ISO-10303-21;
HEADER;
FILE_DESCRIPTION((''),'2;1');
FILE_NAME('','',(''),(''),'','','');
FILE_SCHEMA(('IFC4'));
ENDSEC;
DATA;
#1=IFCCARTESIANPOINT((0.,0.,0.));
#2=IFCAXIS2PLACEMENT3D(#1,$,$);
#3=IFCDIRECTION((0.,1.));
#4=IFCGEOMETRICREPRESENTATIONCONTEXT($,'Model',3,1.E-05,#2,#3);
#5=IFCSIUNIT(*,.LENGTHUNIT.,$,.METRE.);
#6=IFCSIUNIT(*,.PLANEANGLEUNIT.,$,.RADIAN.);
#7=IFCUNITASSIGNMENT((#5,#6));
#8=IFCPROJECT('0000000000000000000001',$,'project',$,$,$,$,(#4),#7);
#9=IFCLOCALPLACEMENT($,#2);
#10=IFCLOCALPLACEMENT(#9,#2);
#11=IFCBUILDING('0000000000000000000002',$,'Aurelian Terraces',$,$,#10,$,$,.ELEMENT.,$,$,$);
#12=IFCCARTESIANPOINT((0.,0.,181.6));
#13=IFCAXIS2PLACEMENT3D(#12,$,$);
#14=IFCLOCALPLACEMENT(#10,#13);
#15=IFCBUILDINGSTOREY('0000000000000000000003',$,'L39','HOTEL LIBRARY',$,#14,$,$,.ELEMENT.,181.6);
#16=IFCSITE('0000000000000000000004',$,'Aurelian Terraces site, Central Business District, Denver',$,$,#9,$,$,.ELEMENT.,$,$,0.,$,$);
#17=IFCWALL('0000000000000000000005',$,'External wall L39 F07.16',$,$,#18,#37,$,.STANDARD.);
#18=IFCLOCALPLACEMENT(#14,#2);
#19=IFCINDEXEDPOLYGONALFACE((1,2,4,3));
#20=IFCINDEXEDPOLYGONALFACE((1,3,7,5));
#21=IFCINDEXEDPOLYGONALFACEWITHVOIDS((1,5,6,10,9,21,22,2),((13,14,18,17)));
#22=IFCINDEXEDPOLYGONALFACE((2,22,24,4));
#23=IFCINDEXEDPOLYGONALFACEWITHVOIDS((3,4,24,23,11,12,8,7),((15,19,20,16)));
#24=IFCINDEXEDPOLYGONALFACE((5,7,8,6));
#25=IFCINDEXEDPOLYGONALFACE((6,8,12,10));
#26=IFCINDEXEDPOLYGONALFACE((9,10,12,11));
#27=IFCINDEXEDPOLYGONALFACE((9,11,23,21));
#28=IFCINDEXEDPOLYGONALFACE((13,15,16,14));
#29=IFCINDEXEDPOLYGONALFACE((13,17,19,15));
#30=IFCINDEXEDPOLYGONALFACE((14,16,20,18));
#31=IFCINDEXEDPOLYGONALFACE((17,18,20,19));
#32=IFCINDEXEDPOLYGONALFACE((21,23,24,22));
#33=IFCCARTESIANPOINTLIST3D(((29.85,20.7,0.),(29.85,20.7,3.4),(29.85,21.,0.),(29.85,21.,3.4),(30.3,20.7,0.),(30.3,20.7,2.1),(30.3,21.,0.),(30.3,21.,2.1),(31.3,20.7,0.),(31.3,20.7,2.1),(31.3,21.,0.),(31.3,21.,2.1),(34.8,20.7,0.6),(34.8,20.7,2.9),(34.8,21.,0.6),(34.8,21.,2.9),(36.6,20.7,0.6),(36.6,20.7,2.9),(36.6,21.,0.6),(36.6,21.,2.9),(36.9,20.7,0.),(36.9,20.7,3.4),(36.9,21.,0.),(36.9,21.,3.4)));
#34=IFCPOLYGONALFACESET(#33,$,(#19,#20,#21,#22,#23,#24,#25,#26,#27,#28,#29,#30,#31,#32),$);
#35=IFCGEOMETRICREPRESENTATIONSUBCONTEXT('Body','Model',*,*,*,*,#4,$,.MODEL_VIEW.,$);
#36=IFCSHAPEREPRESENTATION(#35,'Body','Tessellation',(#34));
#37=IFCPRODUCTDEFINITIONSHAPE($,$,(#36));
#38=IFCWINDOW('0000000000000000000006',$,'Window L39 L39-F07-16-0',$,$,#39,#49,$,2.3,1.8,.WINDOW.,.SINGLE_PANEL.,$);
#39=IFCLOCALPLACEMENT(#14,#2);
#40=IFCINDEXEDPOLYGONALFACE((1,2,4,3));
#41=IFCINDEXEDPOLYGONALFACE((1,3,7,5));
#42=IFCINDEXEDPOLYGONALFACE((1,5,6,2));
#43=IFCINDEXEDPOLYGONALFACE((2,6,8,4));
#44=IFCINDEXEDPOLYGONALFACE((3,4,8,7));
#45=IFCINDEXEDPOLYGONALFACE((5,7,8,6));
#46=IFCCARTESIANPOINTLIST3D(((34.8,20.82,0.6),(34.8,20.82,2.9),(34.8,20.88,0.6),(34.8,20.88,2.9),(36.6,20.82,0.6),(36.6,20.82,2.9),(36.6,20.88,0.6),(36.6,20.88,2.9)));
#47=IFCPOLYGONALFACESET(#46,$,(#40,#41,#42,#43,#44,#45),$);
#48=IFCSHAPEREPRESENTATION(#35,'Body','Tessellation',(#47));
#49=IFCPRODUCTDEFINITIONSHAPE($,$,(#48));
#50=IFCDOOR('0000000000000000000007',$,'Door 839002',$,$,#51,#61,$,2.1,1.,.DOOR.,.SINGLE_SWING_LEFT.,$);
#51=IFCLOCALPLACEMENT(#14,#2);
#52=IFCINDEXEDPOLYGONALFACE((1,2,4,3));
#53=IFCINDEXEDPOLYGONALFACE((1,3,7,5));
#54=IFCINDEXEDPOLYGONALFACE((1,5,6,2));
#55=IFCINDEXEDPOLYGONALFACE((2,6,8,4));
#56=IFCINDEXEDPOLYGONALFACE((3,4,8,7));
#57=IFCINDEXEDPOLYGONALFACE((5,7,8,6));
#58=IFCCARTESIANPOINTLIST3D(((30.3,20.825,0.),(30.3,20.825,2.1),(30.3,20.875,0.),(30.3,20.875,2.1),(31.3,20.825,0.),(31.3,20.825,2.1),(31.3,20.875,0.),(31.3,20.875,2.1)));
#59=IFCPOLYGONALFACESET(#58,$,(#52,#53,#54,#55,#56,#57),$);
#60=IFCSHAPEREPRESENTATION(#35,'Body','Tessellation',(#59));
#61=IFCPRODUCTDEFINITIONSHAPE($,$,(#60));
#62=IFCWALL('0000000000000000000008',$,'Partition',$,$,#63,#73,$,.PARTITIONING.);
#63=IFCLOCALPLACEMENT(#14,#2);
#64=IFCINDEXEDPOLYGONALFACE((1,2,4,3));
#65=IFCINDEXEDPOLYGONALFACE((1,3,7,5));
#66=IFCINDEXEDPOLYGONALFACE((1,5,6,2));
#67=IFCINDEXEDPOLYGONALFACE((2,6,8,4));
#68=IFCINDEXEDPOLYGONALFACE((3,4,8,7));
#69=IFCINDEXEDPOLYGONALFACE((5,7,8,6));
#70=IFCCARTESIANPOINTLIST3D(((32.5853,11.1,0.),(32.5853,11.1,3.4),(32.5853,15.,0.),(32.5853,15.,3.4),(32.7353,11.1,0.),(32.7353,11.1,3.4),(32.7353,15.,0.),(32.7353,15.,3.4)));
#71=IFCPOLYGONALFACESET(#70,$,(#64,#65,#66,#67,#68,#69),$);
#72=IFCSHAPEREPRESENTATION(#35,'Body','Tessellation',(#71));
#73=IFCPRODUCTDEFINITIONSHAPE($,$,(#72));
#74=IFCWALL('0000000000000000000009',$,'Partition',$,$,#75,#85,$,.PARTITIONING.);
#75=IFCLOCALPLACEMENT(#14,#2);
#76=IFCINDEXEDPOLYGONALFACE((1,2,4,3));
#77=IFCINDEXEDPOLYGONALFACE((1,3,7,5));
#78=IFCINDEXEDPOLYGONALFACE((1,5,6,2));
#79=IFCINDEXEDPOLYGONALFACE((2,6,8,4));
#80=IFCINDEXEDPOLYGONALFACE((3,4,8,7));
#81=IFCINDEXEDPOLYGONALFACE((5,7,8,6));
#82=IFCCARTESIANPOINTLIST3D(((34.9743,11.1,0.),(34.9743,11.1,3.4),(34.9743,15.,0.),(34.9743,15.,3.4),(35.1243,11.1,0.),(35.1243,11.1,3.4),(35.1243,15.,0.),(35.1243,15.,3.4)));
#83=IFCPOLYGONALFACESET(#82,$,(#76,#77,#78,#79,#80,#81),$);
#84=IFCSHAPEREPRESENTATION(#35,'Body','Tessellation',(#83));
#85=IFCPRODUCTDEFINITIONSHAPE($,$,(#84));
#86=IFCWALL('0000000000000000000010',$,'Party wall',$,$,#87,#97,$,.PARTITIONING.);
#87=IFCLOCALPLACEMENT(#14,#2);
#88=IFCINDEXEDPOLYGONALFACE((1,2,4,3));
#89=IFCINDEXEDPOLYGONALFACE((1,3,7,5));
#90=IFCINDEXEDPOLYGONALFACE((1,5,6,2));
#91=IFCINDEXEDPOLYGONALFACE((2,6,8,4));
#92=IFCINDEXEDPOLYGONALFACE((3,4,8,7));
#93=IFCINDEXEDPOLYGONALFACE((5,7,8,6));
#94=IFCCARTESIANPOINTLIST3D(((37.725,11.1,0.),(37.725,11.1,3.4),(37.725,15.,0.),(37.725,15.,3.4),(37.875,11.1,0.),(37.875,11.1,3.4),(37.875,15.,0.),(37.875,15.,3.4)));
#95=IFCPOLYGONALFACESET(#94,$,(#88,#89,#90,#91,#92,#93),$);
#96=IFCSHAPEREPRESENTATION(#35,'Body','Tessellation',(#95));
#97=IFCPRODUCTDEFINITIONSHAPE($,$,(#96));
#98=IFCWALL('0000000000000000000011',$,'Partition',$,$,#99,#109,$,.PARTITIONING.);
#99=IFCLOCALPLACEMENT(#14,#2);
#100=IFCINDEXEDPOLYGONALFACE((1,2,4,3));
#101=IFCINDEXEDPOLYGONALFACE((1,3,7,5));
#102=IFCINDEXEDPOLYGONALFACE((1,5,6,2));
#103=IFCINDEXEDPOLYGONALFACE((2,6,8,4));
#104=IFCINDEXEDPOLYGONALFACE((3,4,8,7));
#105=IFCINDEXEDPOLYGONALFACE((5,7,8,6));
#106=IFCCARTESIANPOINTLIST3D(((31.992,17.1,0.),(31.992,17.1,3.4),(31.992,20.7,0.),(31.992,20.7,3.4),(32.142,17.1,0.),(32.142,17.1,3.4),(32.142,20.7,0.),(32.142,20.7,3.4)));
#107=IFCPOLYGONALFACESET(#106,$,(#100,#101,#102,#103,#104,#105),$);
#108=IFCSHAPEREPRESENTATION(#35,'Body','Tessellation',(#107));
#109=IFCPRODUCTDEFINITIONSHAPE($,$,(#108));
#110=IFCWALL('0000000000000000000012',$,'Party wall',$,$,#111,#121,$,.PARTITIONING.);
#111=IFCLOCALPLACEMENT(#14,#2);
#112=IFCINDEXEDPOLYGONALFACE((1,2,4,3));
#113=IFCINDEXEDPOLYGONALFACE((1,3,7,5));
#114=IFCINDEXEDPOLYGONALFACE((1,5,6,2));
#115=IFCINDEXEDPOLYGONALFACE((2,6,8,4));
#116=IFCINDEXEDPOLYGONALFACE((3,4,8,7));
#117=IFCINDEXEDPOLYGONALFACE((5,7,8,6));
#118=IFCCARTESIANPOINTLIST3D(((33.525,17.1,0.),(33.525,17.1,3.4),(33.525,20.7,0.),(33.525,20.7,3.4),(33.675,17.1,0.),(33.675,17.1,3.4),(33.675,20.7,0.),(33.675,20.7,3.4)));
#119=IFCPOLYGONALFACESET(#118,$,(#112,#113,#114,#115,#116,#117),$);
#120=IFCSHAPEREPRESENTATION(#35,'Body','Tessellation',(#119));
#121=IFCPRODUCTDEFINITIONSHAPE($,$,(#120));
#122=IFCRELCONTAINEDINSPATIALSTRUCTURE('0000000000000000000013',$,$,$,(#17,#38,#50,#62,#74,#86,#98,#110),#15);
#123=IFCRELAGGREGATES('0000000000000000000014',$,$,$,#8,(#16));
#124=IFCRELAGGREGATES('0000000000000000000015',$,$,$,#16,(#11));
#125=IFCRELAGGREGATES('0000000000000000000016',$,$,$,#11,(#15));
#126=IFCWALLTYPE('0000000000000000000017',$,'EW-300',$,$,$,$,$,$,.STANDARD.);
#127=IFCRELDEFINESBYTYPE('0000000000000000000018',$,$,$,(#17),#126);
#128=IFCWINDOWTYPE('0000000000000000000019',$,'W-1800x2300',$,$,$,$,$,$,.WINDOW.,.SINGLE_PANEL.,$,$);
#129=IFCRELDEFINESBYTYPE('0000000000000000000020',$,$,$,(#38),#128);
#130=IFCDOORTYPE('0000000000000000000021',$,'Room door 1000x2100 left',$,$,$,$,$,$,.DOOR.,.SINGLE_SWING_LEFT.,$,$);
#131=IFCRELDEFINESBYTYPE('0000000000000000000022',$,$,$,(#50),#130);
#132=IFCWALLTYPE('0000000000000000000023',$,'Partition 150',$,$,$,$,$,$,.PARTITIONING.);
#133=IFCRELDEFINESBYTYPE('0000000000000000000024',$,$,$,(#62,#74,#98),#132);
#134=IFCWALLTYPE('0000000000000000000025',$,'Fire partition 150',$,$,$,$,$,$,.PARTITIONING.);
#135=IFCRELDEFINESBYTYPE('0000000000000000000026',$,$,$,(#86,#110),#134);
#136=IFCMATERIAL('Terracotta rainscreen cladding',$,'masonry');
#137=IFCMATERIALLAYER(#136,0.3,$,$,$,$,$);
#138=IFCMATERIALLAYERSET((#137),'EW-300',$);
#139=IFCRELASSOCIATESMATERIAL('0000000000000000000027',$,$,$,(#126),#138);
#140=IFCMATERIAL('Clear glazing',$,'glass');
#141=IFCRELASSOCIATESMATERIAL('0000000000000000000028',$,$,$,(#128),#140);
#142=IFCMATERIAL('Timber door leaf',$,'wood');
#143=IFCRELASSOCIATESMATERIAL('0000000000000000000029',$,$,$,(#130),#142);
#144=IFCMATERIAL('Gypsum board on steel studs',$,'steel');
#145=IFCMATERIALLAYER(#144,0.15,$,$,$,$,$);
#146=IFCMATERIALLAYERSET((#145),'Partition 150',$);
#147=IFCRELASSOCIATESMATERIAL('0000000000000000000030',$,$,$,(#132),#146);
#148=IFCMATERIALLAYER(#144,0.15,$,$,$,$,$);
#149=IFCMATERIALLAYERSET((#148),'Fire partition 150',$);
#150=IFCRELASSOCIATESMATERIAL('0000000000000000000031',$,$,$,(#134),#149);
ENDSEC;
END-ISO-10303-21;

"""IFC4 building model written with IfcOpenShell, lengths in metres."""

from ifc_helpers import new_model, si_unit, direction, frame, frame_2d, origin, place, context, subcontext, project, spatial, rectangle, extrude, source, transform, mapped, material, layer, layer_set, type_object, element, fill, save


model = new_model("IFC4")

# Units and contexts
model_context = context("Model", 3, precision=1e-05, world=origin(), true_north=direction((0.0, 1.0)))
body_context = subcontext(model_context, "Body", "Model", "MODEL_VIEW")
ifc_project = project(units=[si_unit("LENGTHUNIT", "METRE"), si_unit("PLANEANGLEUNIT", "RADIAN")], contexts=[model_context])

# Site, building, storey
site_placement = place(None, origin())
site = spatial("IfcSite", under=ifc_project, at=site_placement, Name="Aurelian Terraces site, Central Business District, Denver", CompositionType="ELEMENT", RefElevation=0.0)
building_placement = place(site_placement, origin())
building = spatial("IfcBuilding", under=site, at=building_placement, Name="Aurelian Terraces", CompositionType="ELEMENT")
storey_placement = place(building_placement, frame((0.0, 0.0, 181.6)))
storey = spatial("IfcBuildingStorey", under=building, at=storey_placement, Name="L39", Description="HOTEL LIBRARY", CompositionType="ELEMENT", Elevation=181.6)

# Shared definitions
ifc_material_1 = material(Name="Clear glazing", Category="glass")
ifc_material_2 = material(Name="Terracotta rainscreen cladding", Category="masonry")
ifc_layer_1 = layer(ifc_material_2, 0.3)
ifc_layer_set_1 = layer_set([ifc_layer_1], Name="EW-300")
wall_type_1 = type_object("IfcWallType", Name="EW-300", PredefinedType="STANDARD", material=ifc_layer_set_1)

# Wall, openings, window, door
shared_shape_1 = source(origin(), body_context, "Body", "SweptSolid", [
    extrude(rectangle(XDim=7.05, YDim=0.3, at=frame_2d((3.525, 0.0))), origin(), (0.0, 0.0, 1.0), 3.4),
])
wall_1_placement = place(storey_placement, frame((36.9, 20.85, 0.0), z_axis=(0.0, 0.0, 1.0), x_axis=(-1.0, 0.0, 0.0)))
wall_1 = element("IfcWall", 1, at=wall_1_placement, inside=storey, type_object=wall_type_1, Name="External wall L39 F07.16", PredefinedType="STANDARD", context=body_context, shape_type="MappedRepresentation", body=[
    mapped(shared_shape_1, transform((0.0, 0.0, 0.0), scale=1.0)),
])
shared_shape_2 = source(origin(), body_context, "Body", "SweptSolid", [
    extrude(rectangle(XDim=1.8, YDim=2.3, at=frame_2d((0.9, 1.15))), frame((0.0, 0.16, 0.0), z_axis=(0.0, -1.0, 0.0), x_axis=(1.0, 0.0, 0.0)), (0.0, 0.0, 1.0), 0.32),
])
opening_1_placement = place(wall_1_placement, frame((0.3, 0.0, 0.6)))
opening_1 = element("IfcOpeningElement", 2, at=opening_1_placement, cuts=wall_1, PredefinedType="OPENING", context=body_context, shape_type="MappedRepresentation", body=[
    mapped(shared_shape_2, transform((0.0, 0.0, 0.0), scale=1.0)),
])
shared_shape_3 = source(origin(), body_context, "Body", "SweptSolid", [
    extrude(rectangle(XDim=1.0, YDim=2.1, at=frame_2d((0.5, 1.05))), frame((0.0, 0.16, 0.0), z_axis=(0.0, -1.0, 0.0), x_axis=(1.0, 0.0, 0.0)), (0.0, 0.0, 1.0), 0.32),
])
opening_2_placement = place(wall_1_placement, frame((5.6, 0.0, 0.0)))
opening_2 = element("IfcOpeningElement", 3, at=opening_2_placement, cuts=wall_1, PredefinedType="OPENING", context=body_context, shape_type="MappedRepresentation", body=[
    mapped(shared_shape_3, transform((0.0, 0.0, 0.0), scale=1.0)),
])
window_type_1 = type_object("IfcWindowType", Name="W-1800x2300", PartitioningType="SINGLE_PANEL", PredefinedType="WINDOW", material=ifc_material_1)
shared_shape_4 = source(origin(), body_context, "Body", "SweptSolid", [
    extrude(rectangle(XDim=1.8, YDim=2.3, at=frame_2d((0.9, 1.15))), frame((0.0, 0.03, 0.0), z_axis=(0.0, -1.0, 0.0), x_axis=(1.0, 0.0, 0.0)), (0.0, 0.0, 1.0), 0.06),
])
window_1_placement = place(opening_1_placement, origin())
window_1 = element("IfcWindow", 4, at=window_1_placement, inside=storey, type_object=window_type_1, Name="Window L39 L39-F07-16-0", OverallHeight=2.3, OverallWidth=1.8, PartitioningType="SINGLE_PANEL", PredefinedType="WINDOW", context=body_context, shape_type="MappedRepresentation", body=[
    mapped(shared_shape_4, transform((0.0, 0.0, 0.0), scale=1.0)),
])
fill(opening_1, window_1)
ifc_material_3 = material(Name="Timber door leaf", Category="wood")
door_type_1 = type_object("IfcDoorType", Name="Room door 1000x2100 left", OperationType="SINGLE_SWING_LEFT", PredefinedType="DOOR", material=ifc_material_3)
shared_shape_5 = source(origin(), body_context, "Body", "SweptSolid", [
    extrude(rectangle(XDim=1.0, YDim=2.1, at=frame_2d((0.5, 1.05))), frame((0.0, 0.025, 0.0), z_axis=(0.0, -1.0, 0.0), x_axis=(1.0, 0.0, 0.0)), (0.0, 0.0, 1.0), 0.05),
])
door_1_placement = place(opening_2_placement, origin())
door_1 = element("IfcDoor", 5, at=door_1_placement, inside=storey, type_object=door_type_1, Name="Door 839002", OperationType="SINGLE_SWING_LEFT", OverallHeight=2.1, OverallWidth=1.0, PredefinedType="DOOR", context=body_context, shape_type="MappedRepresentation", body=[
    mapped(shared_shape_5, transform((0.0, 0.0, 0.0), scale=1.0)),
])
fill(opening_2, door_1)

# Walls
ifc_material_4 = material(Name="Gypsum board on steel studs", Category="steel")
ifc_layer_2 = layer(ifc_material_4, 0.15)
ifc_layer_set_2 = layer_set([ifc_layer_2], Name="Partition 150")
wall_type_2 = type_object("IfcWallType", Name="Partition 150", PredefinedType="PARTITIONING", material=ifc_layer_set_2)
shared_shape_6 = source(origin(), body_context, "Body", "SweptSolid", [
    extrude(rectangle(XDim=3.9, YDim=0.15, at=frame_2d((1.95, 0.0))), origin(), (0.0, 0.0, 1.0), 3.4),
])
for number, where, z_axis, x_axis, name in (
    (6, (32.6603, 11.1, 0.0), (0.0, 0.0, 1.0), (0.0, 1.0, 0.0), "Partition"),
    (7, (35.0493, 11.1, 0.0), (0.0, 0.0, 1.0), (0.0, 1.0, 0.0), "Partition"),
):
    element("IfcWall", number, at=place(storey_placement, frame(where, z_axis=z_axis, x_axis=x_axis)), inside=storey, type_object=wall_type_2, Name=name, PredefinedType="PARTITIONING", context=body_context, shape_type="MappedRepresentation", body=[
        mapped(shared_shape_6, transform((0.0, 0.0, 0.0), scale=1.0)),
    ])
ifc_layer_3 = layer(ifc_material_4, 0.15)
ifc_layer_set_3 = layer_set([ifc_layer_3], Name="Fire partition 150")
wall_type_3 = type_object("IfcWallType", Name="Fire partition 150", PredefinedType="PARTITIONING", material=ifc_layer_set_3)
wall_2_placement = place(storey_placement, frame((37.8, 11.1, 0.0), z_axis=(0.0, 0.0, 1.0), x_axis=(0.0, 1.0, 0.0)))
element("IfcWall", 8, at=wall_2_placement, inside=storey, type_object=wall_type_3, Name="Party wall", PredefinedType="PARTITIONING", context=body_context, shape_type="MappedRepresentation", body=[
    mapped(shared_shape_6, transform((0.0, 0.0, 0.0), scale=1.0)),
])
shared_shape_7 = source(origin(), body_context, "Body", "SweptSolid", [
    extrude(rectangle(XDim=3.6, YDim=0.15, at=frame_2d((1.8, 0.0))), origin(), (0.0, 0.0, 1.0), 3.4),
])
wall_3_placement = place(storey_placement, frame((32.067, 20.7, 0.0), z_axis=(0.0, 0.0, 1.0), x_axis=(0.0, -1.0, 0.0)))
element("IfcWall", 9, at=wall_3_placement, inside=storey, type_object=wall_type_2, Name="Partition", PredefinedType="PARTITIONING", context=body_context, shape_type="MappedRepresentation", body=[
    mapped(shared_shape_7, transform((0.0, 0.0, 0.0), scale=1.0)),
])
wall_4_placement = place(storey_placement, frame((33.6, 17.1, 0.0), z_axis=(0.0, 0.0, 1.0), x_axis=(0.0, 1.0, 0.0)))
element("IfcWall", 10, at=wall_4_placement, inside=storey, type_object=wall_type_3, Name="Party wall", PredefinedType="PARTITIONING", context=body_context, shape_type="MappedRepresentation", body=[
    mapped(shared_shape_7, transform((0.0, 0.0, 0.0), scale=1.0)),
])

save(model, "model.ifc")
